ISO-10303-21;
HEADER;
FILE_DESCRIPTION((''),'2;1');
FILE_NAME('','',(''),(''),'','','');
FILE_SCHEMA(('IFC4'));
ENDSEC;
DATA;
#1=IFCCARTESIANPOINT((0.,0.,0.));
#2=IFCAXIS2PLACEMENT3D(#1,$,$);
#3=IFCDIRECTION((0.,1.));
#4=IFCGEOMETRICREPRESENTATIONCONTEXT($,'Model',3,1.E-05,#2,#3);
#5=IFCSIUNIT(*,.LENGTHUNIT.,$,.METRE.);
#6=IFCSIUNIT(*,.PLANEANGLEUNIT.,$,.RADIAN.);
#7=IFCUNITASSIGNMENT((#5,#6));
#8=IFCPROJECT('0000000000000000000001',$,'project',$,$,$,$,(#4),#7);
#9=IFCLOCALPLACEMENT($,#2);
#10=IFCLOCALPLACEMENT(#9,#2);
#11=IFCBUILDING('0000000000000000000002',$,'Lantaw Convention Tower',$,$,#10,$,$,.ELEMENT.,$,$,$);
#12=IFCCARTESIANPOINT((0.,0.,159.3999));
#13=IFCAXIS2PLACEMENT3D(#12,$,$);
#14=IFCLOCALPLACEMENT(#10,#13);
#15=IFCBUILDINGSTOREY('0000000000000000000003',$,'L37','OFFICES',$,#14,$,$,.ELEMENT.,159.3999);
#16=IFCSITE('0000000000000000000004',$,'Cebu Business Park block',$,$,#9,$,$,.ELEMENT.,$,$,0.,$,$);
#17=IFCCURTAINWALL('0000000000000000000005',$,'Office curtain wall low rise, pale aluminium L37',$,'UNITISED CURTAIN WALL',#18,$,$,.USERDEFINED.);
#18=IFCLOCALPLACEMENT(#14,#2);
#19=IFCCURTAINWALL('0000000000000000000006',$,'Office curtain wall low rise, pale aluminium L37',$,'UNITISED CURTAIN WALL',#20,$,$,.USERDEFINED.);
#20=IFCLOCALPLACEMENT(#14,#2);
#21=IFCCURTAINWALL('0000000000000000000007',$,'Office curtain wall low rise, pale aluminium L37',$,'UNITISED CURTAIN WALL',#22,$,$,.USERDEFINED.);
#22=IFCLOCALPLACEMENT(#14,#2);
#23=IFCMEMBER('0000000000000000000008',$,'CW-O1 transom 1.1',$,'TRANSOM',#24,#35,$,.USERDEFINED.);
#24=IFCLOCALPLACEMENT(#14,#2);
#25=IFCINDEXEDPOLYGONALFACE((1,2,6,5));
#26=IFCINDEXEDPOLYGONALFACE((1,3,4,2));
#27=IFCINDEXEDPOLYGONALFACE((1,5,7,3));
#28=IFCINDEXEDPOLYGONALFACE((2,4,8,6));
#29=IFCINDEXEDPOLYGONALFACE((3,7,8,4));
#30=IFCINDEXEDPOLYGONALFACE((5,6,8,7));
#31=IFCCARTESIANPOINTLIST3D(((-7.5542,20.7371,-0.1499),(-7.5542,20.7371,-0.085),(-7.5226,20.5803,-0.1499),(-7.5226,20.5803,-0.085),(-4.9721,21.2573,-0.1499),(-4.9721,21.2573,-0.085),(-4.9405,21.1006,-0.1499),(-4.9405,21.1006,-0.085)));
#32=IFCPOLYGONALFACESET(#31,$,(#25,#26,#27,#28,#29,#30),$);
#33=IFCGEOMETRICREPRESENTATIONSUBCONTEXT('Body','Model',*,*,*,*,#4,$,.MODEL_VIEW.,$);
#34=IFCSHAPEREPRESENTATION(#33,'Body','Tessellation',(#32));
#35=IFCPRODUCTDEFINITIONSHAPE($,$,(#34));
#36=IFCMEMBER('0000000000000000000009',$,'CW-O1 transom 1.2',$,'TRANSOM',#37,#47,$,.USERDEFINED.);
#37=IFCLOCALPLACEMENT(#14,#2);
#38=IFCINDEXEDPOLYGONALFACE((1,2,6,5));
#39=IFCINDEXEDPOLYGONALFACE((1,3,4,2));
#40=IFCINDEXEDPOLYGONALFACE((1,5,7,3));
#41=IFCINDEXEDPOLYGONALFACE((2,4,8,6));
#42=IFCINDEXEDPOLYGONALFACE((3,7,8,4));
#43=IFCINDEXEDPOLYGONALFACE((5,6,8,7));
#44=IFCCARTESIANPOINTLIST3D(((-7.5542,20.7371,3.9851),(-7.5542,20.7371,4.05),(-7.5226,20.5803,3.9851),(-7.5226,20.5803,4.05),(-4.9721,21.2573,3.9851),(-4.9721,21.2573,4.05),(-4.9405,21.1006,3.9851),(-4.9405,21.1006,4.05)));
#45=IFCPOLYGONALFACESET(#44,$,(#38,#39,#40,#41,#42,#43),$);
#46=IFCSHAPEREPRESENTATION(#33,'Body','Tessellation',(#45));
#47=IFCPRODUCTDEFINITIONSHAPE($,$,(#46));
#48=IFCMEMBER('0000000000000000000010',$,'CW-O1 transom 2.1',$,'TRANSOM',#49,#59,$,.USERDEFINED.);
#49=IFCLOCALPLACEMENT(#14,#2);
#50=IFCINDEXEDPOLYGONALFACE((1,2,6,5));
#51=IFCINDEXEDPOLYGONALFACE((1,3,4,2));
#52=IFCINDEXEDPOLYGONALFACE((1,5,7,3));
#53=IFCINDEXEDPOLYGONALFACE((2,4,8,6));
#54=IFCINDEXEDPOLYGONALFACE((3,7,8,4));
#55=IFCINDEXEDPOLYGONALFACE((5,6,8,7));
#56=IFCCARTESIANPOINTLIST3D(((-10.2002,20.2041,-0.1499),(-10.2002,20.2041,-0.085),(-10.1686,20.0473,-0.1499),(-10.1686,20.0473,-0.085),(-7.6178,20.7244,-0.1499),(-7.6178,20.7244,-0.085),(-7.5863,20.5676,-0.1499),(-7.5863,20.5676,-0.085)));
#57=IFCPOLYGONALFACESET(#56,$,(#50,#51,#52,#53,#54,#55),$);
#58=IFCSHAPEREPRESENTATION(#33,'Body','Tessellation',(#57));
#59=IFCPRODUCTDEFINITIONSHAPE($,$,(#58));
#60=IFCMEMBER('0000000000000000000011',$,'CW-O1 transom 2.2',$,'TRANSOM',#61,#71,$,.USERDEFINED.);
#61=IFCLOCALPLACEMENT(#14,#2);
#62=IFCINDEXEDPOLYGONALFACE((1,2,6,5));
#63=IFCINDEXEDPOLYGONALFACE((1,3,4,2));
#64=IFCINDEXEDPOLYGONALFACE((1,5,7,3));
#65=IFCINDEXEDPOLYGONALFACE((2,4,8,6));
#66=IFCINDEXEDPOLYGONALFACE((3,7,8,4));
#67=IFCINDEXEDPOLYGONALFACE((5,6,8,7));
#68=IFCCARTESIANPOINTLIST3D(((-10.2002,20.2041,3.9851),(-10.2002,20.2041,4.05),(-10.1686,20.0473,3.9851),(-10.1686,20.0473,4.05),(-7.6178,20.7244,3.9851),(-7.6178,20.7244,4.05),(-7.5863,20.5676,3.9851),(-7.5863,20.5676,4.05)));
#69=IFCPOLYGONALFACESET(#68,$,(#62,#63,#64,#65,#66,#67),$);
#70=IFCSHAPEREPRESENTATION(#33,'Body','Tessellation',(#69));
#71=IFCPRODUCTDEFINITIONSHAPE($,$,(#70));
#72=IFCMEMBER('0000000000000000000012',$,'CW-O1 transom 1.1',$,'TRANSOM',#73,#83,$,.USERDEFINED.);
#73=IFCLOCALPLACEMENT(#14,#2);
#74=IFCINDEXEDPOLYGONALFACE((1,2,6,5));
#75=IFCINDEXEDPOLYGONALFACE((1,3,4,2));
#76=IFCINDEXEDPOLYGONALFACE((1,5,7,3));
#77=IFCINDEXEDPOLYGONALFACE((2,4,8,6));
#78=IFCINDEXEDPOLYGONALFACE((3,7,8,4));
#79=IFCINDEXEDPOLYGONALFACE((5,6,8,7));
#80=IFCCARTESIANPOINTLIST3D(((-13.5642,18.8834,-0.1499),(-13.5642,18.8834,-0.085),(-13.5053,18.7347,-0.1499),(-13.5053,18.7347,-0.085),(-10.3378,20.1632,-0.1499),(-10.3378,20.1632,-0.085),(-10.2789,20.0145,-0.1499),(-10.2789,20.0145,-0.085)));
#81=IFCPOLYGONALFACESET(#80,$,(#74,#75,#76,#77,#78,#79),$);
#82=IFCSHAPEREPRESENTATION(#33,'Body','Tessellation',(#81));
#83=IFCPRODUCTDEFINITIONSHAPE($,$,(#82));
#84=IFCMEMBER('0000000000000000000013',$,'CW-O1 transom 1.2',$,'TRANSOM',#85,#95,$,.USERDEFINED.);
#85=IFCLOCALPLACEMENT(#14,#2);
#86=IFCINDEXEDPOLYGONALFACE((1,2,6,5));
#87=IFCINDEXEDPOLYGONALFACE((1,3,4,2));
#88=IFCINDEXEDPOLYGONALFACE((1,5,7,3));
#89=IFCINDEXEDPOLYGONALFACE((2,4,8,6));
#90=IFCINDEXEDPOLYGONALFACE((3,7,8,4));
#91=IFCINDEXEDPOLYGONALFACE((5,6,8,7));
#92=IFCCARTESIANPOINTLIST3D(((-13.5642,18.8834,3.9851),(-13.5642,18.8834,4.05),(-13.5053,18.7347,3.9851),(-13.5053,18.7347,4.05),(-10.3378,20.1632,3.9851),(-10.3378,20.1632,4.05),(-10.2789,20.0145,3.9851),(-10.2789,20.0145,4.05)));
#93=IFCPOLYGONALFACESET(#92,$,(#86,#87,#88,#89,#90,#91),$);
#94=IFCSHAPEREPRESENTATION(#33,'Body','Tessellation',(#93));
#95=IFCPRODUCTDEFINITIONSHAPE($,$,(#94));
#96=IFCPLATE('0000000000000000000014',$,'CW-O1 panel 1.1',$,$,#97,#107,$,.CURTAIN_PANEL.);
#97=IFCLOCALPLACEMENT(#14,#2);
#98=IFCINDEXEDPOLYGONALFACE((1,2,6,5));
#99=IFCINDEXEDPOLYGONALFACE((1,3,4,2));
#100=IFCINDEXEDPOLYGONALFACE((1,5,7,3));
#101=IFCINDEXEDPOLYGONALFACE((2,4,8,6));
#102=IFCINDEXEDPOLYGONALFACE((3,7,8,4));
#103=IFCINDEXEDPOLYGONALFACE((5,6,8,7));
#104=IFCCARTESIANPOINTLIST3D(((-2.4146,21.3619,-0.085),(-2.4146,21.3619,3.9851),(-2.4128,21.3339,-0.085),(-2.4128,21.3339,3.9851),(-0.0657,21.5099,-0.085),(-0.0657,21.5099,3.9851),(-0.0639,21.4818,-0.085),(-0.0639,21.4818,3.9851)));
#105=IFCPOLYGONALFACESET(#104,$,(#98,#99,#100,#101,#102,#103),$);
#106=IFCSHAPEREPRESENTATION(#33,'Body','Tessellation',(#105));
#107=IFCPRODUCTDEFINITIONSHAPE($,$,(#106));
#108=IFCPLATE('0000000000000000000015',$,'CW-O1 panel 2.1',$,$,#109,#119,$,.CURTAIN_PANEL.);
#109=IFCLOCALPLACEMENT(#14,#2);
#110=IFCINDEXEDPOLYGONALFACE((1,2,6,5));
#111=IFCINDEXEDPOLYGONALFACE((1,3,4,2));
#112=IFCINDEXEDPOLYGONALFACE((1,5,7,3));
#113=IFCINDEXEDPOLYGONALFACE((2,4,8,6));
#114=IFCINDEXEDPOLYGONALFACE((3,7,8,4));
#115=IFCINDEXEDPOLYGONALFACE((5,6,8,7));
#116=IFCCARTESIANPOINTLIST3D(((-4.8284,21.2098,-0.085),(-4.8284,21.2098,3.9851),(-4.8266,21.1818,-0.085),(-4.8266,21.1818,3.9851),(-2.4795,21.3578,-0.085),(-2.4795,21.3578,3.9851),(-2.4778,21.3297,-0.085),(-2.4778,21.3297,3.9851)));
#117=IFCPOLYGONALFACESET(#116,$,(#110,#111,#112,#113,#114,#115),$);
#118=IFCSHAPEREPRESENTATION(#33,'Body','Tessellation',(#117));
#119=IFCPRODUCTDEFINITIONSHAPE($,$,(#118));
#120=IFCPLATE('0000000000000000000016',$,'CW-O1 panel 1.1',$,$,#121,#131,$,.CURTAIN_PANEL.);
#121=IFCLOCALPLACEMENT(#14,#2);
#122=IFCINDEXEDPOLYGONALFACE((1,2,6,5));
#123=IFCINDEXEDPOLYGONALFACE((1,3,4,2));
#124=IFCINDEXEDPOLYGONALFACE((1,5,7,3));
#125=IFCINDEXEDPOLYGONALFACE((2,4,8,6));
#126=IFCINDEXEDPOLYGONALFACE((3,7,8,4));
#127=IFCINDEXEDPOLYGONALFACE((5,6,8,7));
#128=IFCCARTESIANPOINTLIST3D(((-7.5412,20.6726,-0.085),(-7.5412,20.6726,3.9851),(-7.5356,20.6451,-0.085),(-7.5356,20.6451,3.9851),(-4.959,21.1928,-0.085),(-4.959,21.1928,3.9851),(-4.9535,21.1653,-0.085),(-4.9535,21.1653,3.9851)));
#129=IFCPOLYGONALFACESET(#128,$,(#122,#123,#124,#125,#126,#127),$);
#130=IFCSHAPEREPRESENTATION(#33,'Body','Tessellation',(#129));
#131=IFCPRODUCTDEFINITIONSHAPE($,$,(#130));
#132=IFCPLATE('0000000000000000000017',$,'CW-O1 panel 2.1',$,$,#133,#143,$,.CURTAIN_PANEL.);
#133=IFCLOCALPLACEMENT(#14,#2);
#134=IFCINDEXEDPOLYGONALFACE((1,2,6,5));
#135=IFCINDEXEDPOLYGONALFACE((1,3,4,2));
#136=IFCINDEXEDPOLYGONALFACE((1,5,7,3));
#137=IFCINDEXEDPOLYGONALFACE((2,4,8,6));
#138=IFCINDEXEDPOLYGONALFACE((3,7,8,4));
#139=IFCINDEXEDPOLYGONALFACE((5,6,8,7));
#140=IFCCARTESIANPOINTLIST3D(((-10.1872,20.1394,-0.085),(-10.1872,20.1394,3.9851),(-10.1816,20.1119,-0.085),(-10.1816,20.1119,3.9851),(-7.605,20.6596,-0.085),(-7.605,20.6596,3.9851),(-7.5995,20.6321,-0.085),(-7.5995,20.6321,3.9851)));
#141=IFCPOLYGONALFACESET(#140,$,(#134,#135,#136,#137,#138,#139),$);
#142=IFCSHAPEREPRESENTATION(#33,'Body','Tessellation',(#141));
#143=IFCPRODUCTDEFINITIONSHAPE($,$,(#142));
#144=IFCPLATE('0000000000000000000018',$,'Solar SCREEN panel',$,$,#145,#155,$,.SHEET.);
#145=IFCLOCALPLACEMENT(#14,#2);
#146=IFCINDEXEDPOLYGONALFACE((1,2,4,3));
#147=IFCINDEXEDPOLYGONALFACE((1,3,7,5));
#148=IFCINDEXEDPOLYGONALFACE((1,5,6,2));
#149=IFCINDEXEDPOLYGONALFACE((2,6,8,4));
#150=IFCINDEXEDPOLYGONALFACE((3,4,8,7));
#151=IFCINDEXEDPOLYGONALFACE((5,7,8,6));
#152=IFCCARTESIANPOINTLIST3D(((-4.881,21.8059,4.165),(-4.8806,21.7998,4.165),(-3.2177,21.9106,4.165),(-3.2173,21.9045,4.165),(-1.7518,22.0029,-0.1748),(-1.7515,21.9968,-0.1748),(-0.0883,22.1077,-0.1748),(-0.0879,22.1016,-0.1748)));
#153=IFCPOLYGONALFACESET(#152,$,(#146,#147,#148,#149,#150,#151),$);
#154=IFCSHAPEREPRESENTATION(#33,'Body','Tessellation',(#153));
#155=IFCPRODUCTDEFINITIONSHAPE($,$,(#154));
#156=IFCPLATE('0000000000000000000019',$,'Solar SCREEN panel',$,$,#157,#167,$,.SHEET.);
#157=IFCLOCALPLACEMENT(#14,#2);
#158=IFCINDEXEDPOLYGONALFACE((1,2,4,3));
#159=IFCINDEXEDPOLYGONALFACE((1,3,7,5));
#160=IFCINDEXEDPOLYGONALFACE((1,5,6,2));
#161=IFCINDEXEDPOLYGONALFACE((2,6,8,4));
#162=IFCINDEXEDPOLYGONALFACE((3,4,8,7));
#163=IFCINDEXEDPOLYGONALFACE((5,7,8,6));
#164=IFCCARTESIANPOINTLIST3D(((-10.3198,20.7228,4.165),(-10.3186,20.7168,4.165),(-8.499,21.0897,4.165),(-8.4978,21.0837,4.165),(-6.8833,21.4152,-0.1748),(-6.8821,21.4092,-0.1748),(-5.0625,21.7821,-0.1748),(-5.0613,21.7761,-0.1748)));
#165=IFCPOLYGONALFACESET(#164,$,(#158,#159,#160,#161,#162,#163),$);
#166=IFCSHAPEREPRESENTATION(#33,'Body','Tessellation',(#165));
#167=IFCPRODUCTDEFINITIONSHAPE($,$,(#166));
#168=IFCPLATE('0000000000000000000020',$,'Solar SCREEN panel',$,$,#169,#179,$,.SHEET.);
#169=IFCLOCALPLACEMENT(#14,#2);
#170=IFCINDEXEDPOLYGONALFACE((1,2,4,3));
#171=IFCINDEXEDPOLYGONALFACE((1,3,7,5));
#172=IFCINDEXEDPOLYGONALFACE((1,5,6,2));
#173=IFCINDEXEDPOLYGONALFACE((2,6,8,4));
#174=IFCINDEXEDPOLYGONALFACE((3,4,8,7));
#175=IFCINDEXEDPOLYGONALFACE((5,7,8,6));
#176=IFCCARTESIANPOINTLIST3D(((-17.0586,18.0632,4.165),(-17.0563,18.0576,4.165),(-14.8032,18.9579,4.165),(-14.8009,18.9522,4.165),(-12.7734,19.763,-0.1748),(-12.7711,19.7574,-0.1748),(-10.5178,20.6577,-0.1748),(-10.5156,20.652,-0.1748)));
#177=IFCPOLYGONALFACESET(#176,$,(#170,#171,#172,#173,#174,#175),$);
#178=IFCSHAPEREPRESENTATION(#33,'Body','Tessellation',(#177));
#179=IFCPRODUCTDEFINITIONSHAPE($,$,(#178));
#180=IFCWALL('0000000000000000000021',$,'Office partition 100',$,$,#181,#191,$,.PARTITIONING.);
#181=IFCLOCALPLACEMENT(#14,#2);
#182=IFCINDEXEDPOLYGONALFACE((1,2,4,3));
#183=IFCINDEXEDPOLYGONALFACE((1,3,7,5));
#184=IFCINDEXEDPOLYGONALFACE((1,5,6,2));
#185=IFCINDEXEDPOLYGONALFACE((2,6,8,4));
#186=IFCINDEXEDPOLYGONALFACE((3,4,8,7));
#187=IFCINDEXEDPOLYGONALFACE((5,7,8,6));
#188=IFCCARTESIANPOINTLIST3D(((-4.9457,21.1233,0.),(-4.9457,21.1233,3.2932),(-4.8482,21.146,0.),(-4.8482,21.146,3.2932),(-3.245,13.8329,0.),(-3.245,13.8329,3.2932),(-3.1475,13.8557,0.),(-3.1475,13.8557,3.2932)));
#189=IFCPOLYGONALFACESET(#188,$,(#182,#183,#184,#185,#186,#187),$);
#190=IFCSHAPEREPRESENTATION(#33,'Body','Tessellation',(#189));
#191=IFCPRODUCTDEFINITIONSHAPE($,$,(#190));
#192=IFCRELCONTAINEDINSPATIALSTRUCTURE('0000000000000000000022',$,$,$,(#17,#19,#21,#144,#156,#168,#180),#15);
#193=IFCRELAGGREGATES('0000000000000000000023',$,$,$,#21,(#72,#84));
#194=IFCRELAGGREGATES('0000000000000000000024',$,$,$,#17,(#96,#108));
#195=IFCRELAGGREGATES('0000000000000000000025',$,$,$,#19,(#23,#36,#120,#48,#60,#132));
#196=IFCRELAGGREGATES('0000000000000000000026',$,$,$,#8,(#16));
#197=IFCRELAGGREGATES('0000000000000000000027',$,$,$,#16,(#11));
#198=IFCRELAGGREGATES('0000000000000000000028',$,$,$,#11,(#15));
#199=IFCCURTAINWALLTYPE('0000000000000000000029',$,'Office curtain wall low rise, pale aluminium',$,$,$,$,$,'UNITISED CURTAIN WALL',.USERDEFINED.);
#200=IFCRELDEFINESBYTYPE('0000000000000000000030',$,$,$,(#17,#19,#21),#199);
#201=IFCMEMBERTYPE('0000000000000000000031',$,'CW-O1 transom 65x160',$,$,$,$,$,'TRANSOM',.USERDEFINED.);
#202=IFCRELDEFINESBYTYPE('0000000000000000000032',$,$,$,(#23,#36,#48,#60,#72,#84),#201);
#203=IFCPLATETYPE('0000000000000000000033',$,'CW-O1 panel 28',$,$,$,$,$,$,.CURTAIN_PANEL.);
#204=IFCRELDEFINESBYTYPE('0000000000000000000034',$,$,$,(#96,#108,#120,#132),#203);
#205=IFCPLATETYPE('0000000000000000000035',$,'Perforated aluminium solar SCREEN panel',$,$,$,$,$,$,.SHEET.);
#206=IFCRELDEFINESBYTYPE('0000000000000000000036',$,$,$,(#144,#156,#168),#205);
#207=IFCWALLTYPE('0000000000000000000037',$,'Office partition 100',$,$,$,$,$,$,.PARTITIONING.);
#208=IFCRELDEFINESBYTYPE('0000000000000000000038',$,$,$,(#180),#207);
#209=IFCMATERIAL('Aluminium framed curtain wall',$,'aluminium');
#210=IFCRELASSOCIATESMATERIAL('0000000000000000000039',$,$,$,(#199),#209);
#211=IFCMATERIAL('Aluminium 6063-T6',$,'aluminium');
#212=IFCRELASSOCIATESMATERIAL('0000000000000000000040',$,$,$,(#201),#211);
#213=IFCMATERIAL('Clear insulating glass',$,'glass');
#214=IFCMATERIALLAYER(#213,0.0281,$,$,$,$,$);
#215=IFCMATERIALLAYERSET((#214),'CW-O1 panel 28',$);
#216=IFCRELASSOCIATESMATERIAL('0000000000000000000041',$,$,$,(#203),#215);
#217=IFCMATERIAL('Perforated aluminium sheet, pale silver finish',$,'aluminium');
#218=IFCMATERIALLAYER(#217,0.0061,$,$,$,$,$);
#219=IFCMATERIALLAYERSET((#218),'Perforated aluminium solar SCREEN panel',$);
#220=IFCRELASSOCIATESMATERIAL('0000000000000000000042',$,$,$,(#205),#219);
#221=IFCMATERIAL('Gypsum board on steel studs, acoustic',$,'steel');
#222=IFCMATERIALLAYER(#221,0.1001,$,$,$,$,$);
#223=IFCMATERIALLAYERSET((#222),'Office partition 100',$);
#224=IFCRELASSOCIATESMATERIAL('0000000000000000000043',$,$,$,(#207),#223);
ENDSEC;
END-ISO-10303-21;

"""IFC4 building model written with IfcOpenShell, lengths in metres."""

from ifc_helpers import new_model, si_unit, direction, frame, frame_2d, origin, origin_2d, place, context, subcontext, project, spatial, polyline, rectangle, outline, extrude, material, layer, layer_set, material_profile, profile_set, type_object, element, aggregate, save


model = new_model("IFC4")

# Units and contexts
model_context = context("Model", 3, precision=1e-05, world=origin(), true_north=direction((0.0, 1.0)))
body_context = subcontext(model_context, "Body", "Model", "MODEL_VIEW")
ifc_project = project(units=[si_unit("LENGTHUNIT", "METRE"), si_unit("PLANEANGLEUNIT", "RADIAN")], contexts=[model_context])

# Site, building, storey
site_placement = place(None, origin())
site = spatial("IfcSite", under=ifc_project, at=site_placement, Name="Cebu Business Park block", CompositionType="ELEMENT", RefElevation=0.0)
building_placement = place(site_placement, origin())
building = spatial("IfcBuilding", under=site, at=building_placement, Name="Lantaw Convention Tower", CompositionType="ELEMENT")
storey_placement = place(building_placement, frame((0.0, 0.0, 159.3999)))
storey = spatial("IfcBuildingStorey", under=building, at=storey_placement, Name="L37", Description="OFFICES", CompositionType="ELEMENT", Elevation=159.3999)

# Curtain walls
ifc_material_1 = material(Name="Aluminium framed curtain wall", Category="aluminium")
curtain_wall_type = type_object("IfcCurtainWallType", Name="Office curtain wall low rise, pale aluminium", ElementType="UNITISED CURTAIN WALL", PredefinedType="USERDEFINED", material=ifc_material_1)
curtain_wall_1_placement = place(storey_placement, origin())
curtain_wall_1 = element("IfcCurtainWall", 1, at=curtain_wall_1_placement, inside=storey, type_object=curtain_wall_type, Name="Office curtain wall low rise, pale aluminium L37", ObjectType="UNITISED CURTAIN WALL", PredefinedType="USERDEFINED")
ifc_material_2 = material(Name="Aluminium 6063-T6", Category="aluminium")
curtain_wall_2_placement = place(storey_placement, origin())
curtain_wall_2 = element("IfcCurtainWall", 2, at=curtain_wall_2_placement, inside=storey, type_object=curtain_wall_type, Name="Office curtain wall low rise, pale aluminium L37", ObjectType="UNITISED CURTAIN WALL", PredefinedType="USERDEFINED")

# Curtain wall
curtain_wall_3_placement = place(storey_placement, origin())
curtain_wall_3 = element("IfcCurtainWall", 3, at=curtain_wall_3_placement, inside=storey, type_object=curtain_wall_type, Name="Office curtain wall low rise, pale aluminium L37", ObjectType="UNITISED CURTAIN WALL", PredefinedType="USERDEFINED")

# Members
ifc_material_profile_1 = material_profile(ifc_material_2, rectangle(XDim=0.1599, YDim=0.0649, at=origin_2d()), Name="CW-O1 transom 65x160")
ifc_profile_set_1 = profile_set([ifc_material_profile_1], Name="Aluminium 6063-T6")
member_type_1 = type_object("IfcMemberType", Name="CW-O1 transom 65x160", ElementType="TRANSOM", PredefinedType="USERDEFINED", material=ifc_profile_set_1)
member_1_placement = place(storey_placement, frame((-4.9563, 21.179, -0.1174), z_axis=(-0.980298, -0.197524, 0.0), x_axis=(0.197524, -0.980298, 0.0)))
member_1 = element("IfcMember", 4, at=member_1_placement, type_object=member_type_1, Name="CW-O1 transom 1.1", ObjectType="TRANSOM", PredefinedType="USERDEFINED", context=body_context, shape_type="SweptSolid", body=[
    extrude(rectangle(XDim=0.1599, YDim=0.0649, at=origin_2d()), origin(), (0.0, 0.0, 1.0), 2.634),
])
member_2_placement = place(storey_placement, frame((-4.9563, 21.179, 4.0176), z_axis=(-0.980298, -0.197524, 0.0), x_axis=(0.197524, -0.980298, 0.0)))
member_2 = element("IfcMember", 5, at=member_2_placement, type_object=member_type_1, Name="CW-O1 transom 1.2", ObjectType="TRANSOM", PredefinedType="USERDEFINED", context=body_context, shape_type="SweptSolid", body=[
    extrude(rectangle(XDim=0.1599, YDim=0.0649, at=origin_2d()), origin(), (0.0, 0.0, 1.0), 2.634),
])
member_3_placement = place(storey_placement, frame((-7.6021, 20.646, -0.1174), z_axis=(-0.980302, -0.197506, 0.0), x_axis=(0.197506, -0.980302, 0.0)))
member_3 = element("IfcMember", 6, at=member_3_placement, type_object=member_type_1, Name="CW-O1 transom 2.1", ObjectType="TRANSOM", PredefinedType="USERDEFINED", context=body_context, shape_type="SweptSolid", body=[
    extrude(rectangle(XDim=0.1599, YDim=0.0649, at=origin_2d()), origin(), (0.0, 0.0, 1.0), 2.6343),
])
member_4_placement = place(storey_placement, frame((-7.6021, 20.646, 4.0176), z_axis=(-0.980302, -0.197506, 0.0), x_axis=(0.197506, -0.980302, 0.0)))
member_4 = element("IfcMember", 7, at=member_4_placement, type_object=member_type_1, Name="CW-O1 transom 2.2", ObjectType="TRANSOM", PredefinedType="USERDEFINED", context=body_context, shape_type="SweptSolid", body=[
    extrude(rectangle(XDim=0.1599, YDim=0.0649, at=origin_2d()), origin(), (0.0, 0.0, 1.0), 2.6343),
])
member_5_placement = place(storey_placement, frame((-10.3083, 20.0889, -0.1174), z_axis=(-0.92954, -0.368721, 0.0), x_axis=(0.368721, -0.92954, 0.0)))
member_5 = element("IfcMember", 8, at=member_5_placement, type_object=member_type_1, Name="CW-O1 transom 1.1", ObjectType="TRANSOM", PredefinedType="USERDEFINED", context=body_context, shape_type="SweptSolid", body=[
    extrude(rectangle(XDim=0.1599, YDim=0.0649, at=origin_2d()), origin(), (0.0, 0.0, 1.0), 3.4709),
])
member_6_placement = place(storey_placement, frame((-10.3083, 20.0889, 4.0176), z_axis=(-0.92954, -0.368721, 0.0), x_axis=(0.368721, -0.92954, 0.0)))
member_6 = element("IfcMember", 9, at=member_6_placement, type_object=member_type_1, Name="CW-O1 transom 1.2", ObjectType="TRANSOM", PredefinedType="USERDEFINED", context=body_context, shape_type="SweptSolid", body=[
    extrude(rectangle(XDim=0.1599, YDim=0.0649, at=origin_2d()), origin(), (0.0, 0.0, 1.0), 3.4709),
])
aggregate(curtain_wall_3, [member_5, member_6])

# Plates
ifc_material_3 = material(Name="Clear insulating glass", Category="glass")
ifc_layer_1 = layer(ifc_material_3, 0.0281)
ifc_layer_set_1 = layer_set([ifc_layer_1], Name="CW-O1 panel 28")
plate_type_1 = type_object("IfcPlateType", Name="CW-O1 panel 28", PredefinedType="CURTAIN_PANEL", material=ifc_layer_set_1)
plate_1_placement = place(storey_placement, frame((-1.2393, 21.4219, -0.085), z_axis=(0.0, 0.0, 1.0), x_axis=(-0.998022, -0.062865, 0.0)))
plate_1 = element("IfcPlate", 10, at=plate_1_placement, type_object=plate_type_1, Name="CW-O1 panel 1.1", PredefinedType="CURTAIN_PANEL", context=body_context, shape_type="SweptSolid", body=[
    extrude(rectangle(XDim=2.3535, YDim=0.0281, at=origin_2d()), origin(), (0.0, 0.0, 1.0), 4.0701),
])
plate_2_placement = place(storey_placement, frame((-3.6531, 21.2698, -0.085), z_axis=(0.0, 0.0, 1.0), x_axis=(-0.998022, -0.062865, 0.0)))
plate_2 = element("IfcPlate", 11, at=plate_2_placement, type_object=plate_type_1, Name="CW-O1 panel 2.1", PredefinedType="CURTAIN_PANEL", context=body_context, shape_type="SweptSolid", body=[
    extrude(rectangle(XDim=2.3535, YDim=0.0281, at=origin_2d()), origin(), (0.0, 0.0, 1.0), 4.0701),
])
aggregate(curtain_wall_1, [plate_1, plate_2])
plate_3_placement = place(storey_placement, frame((-6.2473, 20.9189, -0.085), z_axis=(0.0, 0.0, 1.0), x_axis=(-0.980302, -0.197507, 0.0)))
plate_3 = element("IfcPlate", 12, at=plate_3_placement, type_object=plate_type_1, Name="CW-O1 panel 1.1", PredefinedType="CURTAIN_PANEL", context=body_context, shape_type="SweptSolid", body=[
    extrude(rectangle(XDim=2.634, YDim=0.0281, at=origin_2d()), origin(), (0.0, 0.0, 1.0), 4.0701),
])
plate_4_placement = place(storey_placement, frame((-8.8933, 20.3857, -0.085), z_axis=(0.0, 0.0, 1.0), x_axis=(-0.980302, -0.197507, 0.0)))
plate_4 = element("IfcPlate", 13, at=plate_4_placement, type_object=plate_type_1, Name="CW-O1 panel 2.1", PredefinedType="CURTAIN_PANEL", context=body_context, shape_type="SweptSolid", body=[
    extrude(rectangle(XDim=2.634, YDim=0.0281, at=origin_2d()), origin(), (0.0, 0.0, 1.0), 4.0701),
])
aggregate(curtain_wall_2, [member_1, member_2, plate_3, member_3, member_4, plate_4])

# Plates
ifc_material_4 = material(Name="Perforated aluminium sheet, pale silver finish", Category="aluminium")
ifc_layer_2 = layer(ifc_material_4, 0.0061)
ifc_layer_set_2 = layer_set([ifc_layer_2], Name="Perforated aluminium solar SCREEN panel")
plate_type_2 = type_object("IfcPlateType", Name="Perforated aluminium solar SCREEN panel", PredefinedType="SHEET", material=ifc_layer_set_2)
plate_5_placement = place(storey_placement, frame((-0.0879, 22.1016, -0.1748), z_axis=(0.062839, -0.998024, 0.000002), x_axis=(-0.998024, -0.062839, 0.0)))
element("IfcPlate", 14, at=plate_5_placement, inside=storey, type_object=plate_type_2, Name="Solar SCREEN panel", PredefinedType="SHEET", context=body_context, shape_type="SweptSolid", body=[
    extrude(outline(polyline([(0.0, 0.0), (1.6669, 0.0), (4.8022, -4.3398), (3.1356, -4.3398), (0.0, 0.0)])), origin(), (0.0, 0.0, -1.0), 0.0061),
])
plate_6_placement = place(storey_placement, frame((-5.0613, 21.7761, -0.1748), z_axis=(0.197557, -0.980291, 0.000039), x_axis=(-0.980291, -0.197557, 0.0)))
element("IfcPlate", 15, at=plate_6_placement, inside=storey, type_object=plate_type_2, Name="Solar SCREEN panel", PredefinedType="SHEET", context=body_context, shape_type="SweptSolid", body=[
    extrude(outline(polyline([(0.0, 0.0), (1.8574, 0.0), (5.363, -4.3398), (3.5056, -4.3398), (0.0, 0.0)])), origin(), (0.0, 0.0, -1.0), 0.0061),
])
plate_7_placement = place(storey_placement, frame((-10.5178, 20.6577, -0.1748), z_axis=(-0.368709, 0.929545, 0.000011), x_axis=(-0.929545, -0.368709, 0.0)))
element("IfcPlate", 16, at=plate_7_placement, inside=storey, type_object=plate_type_2, Name="Solar SCREEN panel", PredefinedType="SHEET", context=body_context, shape_type="SweptSolid", body=[
    extrude(outline(polyline([(0.0, 0.0), (2.4265, 0.0), (7.0365, 4.3398), (4.6102, 4.3398), (0.0, 0.0)])), origin(), (0.0, 0.0, -1.0), 0.0061),
])

# Wall
ifc_material_5 = material(Name="Gypsum board on steel studs, acoustic", Category="steel")
ifc_layer_3 = layer(ifc_material_5, 0.1001)
ifc_layer_set_3 = layer_set([ifc_layer_3], Name="Office partition 100")
wall_type = type_object("IfcWallType", Name="Office partition 100", PredefinedType="PARTITIONING", material=ifc_layer_set_3)
wall_1_placement = place(storey_placement, frame((-4.897, 21.1348, 0.0), z_axis=(0.0, 0.0, 1.0), x_axis=(0.227181, -0.973853, 0.0)))
element("IfcWall", 17, at=wall_1_placement, inside=storey, type_object=wall_type, Name="Office partition 100", PredefinedType="PARTITIONING", context=body_context, shape_type="SweptSolid", body=[
    extrude(rectangle(XDim=7.4861, YDim=0.1001, at=frame_2d((3.7432, 0.0))), origin(), (0.0, 0.0, 1.0), 3.2932),
])

save(model, "model.ifc")
